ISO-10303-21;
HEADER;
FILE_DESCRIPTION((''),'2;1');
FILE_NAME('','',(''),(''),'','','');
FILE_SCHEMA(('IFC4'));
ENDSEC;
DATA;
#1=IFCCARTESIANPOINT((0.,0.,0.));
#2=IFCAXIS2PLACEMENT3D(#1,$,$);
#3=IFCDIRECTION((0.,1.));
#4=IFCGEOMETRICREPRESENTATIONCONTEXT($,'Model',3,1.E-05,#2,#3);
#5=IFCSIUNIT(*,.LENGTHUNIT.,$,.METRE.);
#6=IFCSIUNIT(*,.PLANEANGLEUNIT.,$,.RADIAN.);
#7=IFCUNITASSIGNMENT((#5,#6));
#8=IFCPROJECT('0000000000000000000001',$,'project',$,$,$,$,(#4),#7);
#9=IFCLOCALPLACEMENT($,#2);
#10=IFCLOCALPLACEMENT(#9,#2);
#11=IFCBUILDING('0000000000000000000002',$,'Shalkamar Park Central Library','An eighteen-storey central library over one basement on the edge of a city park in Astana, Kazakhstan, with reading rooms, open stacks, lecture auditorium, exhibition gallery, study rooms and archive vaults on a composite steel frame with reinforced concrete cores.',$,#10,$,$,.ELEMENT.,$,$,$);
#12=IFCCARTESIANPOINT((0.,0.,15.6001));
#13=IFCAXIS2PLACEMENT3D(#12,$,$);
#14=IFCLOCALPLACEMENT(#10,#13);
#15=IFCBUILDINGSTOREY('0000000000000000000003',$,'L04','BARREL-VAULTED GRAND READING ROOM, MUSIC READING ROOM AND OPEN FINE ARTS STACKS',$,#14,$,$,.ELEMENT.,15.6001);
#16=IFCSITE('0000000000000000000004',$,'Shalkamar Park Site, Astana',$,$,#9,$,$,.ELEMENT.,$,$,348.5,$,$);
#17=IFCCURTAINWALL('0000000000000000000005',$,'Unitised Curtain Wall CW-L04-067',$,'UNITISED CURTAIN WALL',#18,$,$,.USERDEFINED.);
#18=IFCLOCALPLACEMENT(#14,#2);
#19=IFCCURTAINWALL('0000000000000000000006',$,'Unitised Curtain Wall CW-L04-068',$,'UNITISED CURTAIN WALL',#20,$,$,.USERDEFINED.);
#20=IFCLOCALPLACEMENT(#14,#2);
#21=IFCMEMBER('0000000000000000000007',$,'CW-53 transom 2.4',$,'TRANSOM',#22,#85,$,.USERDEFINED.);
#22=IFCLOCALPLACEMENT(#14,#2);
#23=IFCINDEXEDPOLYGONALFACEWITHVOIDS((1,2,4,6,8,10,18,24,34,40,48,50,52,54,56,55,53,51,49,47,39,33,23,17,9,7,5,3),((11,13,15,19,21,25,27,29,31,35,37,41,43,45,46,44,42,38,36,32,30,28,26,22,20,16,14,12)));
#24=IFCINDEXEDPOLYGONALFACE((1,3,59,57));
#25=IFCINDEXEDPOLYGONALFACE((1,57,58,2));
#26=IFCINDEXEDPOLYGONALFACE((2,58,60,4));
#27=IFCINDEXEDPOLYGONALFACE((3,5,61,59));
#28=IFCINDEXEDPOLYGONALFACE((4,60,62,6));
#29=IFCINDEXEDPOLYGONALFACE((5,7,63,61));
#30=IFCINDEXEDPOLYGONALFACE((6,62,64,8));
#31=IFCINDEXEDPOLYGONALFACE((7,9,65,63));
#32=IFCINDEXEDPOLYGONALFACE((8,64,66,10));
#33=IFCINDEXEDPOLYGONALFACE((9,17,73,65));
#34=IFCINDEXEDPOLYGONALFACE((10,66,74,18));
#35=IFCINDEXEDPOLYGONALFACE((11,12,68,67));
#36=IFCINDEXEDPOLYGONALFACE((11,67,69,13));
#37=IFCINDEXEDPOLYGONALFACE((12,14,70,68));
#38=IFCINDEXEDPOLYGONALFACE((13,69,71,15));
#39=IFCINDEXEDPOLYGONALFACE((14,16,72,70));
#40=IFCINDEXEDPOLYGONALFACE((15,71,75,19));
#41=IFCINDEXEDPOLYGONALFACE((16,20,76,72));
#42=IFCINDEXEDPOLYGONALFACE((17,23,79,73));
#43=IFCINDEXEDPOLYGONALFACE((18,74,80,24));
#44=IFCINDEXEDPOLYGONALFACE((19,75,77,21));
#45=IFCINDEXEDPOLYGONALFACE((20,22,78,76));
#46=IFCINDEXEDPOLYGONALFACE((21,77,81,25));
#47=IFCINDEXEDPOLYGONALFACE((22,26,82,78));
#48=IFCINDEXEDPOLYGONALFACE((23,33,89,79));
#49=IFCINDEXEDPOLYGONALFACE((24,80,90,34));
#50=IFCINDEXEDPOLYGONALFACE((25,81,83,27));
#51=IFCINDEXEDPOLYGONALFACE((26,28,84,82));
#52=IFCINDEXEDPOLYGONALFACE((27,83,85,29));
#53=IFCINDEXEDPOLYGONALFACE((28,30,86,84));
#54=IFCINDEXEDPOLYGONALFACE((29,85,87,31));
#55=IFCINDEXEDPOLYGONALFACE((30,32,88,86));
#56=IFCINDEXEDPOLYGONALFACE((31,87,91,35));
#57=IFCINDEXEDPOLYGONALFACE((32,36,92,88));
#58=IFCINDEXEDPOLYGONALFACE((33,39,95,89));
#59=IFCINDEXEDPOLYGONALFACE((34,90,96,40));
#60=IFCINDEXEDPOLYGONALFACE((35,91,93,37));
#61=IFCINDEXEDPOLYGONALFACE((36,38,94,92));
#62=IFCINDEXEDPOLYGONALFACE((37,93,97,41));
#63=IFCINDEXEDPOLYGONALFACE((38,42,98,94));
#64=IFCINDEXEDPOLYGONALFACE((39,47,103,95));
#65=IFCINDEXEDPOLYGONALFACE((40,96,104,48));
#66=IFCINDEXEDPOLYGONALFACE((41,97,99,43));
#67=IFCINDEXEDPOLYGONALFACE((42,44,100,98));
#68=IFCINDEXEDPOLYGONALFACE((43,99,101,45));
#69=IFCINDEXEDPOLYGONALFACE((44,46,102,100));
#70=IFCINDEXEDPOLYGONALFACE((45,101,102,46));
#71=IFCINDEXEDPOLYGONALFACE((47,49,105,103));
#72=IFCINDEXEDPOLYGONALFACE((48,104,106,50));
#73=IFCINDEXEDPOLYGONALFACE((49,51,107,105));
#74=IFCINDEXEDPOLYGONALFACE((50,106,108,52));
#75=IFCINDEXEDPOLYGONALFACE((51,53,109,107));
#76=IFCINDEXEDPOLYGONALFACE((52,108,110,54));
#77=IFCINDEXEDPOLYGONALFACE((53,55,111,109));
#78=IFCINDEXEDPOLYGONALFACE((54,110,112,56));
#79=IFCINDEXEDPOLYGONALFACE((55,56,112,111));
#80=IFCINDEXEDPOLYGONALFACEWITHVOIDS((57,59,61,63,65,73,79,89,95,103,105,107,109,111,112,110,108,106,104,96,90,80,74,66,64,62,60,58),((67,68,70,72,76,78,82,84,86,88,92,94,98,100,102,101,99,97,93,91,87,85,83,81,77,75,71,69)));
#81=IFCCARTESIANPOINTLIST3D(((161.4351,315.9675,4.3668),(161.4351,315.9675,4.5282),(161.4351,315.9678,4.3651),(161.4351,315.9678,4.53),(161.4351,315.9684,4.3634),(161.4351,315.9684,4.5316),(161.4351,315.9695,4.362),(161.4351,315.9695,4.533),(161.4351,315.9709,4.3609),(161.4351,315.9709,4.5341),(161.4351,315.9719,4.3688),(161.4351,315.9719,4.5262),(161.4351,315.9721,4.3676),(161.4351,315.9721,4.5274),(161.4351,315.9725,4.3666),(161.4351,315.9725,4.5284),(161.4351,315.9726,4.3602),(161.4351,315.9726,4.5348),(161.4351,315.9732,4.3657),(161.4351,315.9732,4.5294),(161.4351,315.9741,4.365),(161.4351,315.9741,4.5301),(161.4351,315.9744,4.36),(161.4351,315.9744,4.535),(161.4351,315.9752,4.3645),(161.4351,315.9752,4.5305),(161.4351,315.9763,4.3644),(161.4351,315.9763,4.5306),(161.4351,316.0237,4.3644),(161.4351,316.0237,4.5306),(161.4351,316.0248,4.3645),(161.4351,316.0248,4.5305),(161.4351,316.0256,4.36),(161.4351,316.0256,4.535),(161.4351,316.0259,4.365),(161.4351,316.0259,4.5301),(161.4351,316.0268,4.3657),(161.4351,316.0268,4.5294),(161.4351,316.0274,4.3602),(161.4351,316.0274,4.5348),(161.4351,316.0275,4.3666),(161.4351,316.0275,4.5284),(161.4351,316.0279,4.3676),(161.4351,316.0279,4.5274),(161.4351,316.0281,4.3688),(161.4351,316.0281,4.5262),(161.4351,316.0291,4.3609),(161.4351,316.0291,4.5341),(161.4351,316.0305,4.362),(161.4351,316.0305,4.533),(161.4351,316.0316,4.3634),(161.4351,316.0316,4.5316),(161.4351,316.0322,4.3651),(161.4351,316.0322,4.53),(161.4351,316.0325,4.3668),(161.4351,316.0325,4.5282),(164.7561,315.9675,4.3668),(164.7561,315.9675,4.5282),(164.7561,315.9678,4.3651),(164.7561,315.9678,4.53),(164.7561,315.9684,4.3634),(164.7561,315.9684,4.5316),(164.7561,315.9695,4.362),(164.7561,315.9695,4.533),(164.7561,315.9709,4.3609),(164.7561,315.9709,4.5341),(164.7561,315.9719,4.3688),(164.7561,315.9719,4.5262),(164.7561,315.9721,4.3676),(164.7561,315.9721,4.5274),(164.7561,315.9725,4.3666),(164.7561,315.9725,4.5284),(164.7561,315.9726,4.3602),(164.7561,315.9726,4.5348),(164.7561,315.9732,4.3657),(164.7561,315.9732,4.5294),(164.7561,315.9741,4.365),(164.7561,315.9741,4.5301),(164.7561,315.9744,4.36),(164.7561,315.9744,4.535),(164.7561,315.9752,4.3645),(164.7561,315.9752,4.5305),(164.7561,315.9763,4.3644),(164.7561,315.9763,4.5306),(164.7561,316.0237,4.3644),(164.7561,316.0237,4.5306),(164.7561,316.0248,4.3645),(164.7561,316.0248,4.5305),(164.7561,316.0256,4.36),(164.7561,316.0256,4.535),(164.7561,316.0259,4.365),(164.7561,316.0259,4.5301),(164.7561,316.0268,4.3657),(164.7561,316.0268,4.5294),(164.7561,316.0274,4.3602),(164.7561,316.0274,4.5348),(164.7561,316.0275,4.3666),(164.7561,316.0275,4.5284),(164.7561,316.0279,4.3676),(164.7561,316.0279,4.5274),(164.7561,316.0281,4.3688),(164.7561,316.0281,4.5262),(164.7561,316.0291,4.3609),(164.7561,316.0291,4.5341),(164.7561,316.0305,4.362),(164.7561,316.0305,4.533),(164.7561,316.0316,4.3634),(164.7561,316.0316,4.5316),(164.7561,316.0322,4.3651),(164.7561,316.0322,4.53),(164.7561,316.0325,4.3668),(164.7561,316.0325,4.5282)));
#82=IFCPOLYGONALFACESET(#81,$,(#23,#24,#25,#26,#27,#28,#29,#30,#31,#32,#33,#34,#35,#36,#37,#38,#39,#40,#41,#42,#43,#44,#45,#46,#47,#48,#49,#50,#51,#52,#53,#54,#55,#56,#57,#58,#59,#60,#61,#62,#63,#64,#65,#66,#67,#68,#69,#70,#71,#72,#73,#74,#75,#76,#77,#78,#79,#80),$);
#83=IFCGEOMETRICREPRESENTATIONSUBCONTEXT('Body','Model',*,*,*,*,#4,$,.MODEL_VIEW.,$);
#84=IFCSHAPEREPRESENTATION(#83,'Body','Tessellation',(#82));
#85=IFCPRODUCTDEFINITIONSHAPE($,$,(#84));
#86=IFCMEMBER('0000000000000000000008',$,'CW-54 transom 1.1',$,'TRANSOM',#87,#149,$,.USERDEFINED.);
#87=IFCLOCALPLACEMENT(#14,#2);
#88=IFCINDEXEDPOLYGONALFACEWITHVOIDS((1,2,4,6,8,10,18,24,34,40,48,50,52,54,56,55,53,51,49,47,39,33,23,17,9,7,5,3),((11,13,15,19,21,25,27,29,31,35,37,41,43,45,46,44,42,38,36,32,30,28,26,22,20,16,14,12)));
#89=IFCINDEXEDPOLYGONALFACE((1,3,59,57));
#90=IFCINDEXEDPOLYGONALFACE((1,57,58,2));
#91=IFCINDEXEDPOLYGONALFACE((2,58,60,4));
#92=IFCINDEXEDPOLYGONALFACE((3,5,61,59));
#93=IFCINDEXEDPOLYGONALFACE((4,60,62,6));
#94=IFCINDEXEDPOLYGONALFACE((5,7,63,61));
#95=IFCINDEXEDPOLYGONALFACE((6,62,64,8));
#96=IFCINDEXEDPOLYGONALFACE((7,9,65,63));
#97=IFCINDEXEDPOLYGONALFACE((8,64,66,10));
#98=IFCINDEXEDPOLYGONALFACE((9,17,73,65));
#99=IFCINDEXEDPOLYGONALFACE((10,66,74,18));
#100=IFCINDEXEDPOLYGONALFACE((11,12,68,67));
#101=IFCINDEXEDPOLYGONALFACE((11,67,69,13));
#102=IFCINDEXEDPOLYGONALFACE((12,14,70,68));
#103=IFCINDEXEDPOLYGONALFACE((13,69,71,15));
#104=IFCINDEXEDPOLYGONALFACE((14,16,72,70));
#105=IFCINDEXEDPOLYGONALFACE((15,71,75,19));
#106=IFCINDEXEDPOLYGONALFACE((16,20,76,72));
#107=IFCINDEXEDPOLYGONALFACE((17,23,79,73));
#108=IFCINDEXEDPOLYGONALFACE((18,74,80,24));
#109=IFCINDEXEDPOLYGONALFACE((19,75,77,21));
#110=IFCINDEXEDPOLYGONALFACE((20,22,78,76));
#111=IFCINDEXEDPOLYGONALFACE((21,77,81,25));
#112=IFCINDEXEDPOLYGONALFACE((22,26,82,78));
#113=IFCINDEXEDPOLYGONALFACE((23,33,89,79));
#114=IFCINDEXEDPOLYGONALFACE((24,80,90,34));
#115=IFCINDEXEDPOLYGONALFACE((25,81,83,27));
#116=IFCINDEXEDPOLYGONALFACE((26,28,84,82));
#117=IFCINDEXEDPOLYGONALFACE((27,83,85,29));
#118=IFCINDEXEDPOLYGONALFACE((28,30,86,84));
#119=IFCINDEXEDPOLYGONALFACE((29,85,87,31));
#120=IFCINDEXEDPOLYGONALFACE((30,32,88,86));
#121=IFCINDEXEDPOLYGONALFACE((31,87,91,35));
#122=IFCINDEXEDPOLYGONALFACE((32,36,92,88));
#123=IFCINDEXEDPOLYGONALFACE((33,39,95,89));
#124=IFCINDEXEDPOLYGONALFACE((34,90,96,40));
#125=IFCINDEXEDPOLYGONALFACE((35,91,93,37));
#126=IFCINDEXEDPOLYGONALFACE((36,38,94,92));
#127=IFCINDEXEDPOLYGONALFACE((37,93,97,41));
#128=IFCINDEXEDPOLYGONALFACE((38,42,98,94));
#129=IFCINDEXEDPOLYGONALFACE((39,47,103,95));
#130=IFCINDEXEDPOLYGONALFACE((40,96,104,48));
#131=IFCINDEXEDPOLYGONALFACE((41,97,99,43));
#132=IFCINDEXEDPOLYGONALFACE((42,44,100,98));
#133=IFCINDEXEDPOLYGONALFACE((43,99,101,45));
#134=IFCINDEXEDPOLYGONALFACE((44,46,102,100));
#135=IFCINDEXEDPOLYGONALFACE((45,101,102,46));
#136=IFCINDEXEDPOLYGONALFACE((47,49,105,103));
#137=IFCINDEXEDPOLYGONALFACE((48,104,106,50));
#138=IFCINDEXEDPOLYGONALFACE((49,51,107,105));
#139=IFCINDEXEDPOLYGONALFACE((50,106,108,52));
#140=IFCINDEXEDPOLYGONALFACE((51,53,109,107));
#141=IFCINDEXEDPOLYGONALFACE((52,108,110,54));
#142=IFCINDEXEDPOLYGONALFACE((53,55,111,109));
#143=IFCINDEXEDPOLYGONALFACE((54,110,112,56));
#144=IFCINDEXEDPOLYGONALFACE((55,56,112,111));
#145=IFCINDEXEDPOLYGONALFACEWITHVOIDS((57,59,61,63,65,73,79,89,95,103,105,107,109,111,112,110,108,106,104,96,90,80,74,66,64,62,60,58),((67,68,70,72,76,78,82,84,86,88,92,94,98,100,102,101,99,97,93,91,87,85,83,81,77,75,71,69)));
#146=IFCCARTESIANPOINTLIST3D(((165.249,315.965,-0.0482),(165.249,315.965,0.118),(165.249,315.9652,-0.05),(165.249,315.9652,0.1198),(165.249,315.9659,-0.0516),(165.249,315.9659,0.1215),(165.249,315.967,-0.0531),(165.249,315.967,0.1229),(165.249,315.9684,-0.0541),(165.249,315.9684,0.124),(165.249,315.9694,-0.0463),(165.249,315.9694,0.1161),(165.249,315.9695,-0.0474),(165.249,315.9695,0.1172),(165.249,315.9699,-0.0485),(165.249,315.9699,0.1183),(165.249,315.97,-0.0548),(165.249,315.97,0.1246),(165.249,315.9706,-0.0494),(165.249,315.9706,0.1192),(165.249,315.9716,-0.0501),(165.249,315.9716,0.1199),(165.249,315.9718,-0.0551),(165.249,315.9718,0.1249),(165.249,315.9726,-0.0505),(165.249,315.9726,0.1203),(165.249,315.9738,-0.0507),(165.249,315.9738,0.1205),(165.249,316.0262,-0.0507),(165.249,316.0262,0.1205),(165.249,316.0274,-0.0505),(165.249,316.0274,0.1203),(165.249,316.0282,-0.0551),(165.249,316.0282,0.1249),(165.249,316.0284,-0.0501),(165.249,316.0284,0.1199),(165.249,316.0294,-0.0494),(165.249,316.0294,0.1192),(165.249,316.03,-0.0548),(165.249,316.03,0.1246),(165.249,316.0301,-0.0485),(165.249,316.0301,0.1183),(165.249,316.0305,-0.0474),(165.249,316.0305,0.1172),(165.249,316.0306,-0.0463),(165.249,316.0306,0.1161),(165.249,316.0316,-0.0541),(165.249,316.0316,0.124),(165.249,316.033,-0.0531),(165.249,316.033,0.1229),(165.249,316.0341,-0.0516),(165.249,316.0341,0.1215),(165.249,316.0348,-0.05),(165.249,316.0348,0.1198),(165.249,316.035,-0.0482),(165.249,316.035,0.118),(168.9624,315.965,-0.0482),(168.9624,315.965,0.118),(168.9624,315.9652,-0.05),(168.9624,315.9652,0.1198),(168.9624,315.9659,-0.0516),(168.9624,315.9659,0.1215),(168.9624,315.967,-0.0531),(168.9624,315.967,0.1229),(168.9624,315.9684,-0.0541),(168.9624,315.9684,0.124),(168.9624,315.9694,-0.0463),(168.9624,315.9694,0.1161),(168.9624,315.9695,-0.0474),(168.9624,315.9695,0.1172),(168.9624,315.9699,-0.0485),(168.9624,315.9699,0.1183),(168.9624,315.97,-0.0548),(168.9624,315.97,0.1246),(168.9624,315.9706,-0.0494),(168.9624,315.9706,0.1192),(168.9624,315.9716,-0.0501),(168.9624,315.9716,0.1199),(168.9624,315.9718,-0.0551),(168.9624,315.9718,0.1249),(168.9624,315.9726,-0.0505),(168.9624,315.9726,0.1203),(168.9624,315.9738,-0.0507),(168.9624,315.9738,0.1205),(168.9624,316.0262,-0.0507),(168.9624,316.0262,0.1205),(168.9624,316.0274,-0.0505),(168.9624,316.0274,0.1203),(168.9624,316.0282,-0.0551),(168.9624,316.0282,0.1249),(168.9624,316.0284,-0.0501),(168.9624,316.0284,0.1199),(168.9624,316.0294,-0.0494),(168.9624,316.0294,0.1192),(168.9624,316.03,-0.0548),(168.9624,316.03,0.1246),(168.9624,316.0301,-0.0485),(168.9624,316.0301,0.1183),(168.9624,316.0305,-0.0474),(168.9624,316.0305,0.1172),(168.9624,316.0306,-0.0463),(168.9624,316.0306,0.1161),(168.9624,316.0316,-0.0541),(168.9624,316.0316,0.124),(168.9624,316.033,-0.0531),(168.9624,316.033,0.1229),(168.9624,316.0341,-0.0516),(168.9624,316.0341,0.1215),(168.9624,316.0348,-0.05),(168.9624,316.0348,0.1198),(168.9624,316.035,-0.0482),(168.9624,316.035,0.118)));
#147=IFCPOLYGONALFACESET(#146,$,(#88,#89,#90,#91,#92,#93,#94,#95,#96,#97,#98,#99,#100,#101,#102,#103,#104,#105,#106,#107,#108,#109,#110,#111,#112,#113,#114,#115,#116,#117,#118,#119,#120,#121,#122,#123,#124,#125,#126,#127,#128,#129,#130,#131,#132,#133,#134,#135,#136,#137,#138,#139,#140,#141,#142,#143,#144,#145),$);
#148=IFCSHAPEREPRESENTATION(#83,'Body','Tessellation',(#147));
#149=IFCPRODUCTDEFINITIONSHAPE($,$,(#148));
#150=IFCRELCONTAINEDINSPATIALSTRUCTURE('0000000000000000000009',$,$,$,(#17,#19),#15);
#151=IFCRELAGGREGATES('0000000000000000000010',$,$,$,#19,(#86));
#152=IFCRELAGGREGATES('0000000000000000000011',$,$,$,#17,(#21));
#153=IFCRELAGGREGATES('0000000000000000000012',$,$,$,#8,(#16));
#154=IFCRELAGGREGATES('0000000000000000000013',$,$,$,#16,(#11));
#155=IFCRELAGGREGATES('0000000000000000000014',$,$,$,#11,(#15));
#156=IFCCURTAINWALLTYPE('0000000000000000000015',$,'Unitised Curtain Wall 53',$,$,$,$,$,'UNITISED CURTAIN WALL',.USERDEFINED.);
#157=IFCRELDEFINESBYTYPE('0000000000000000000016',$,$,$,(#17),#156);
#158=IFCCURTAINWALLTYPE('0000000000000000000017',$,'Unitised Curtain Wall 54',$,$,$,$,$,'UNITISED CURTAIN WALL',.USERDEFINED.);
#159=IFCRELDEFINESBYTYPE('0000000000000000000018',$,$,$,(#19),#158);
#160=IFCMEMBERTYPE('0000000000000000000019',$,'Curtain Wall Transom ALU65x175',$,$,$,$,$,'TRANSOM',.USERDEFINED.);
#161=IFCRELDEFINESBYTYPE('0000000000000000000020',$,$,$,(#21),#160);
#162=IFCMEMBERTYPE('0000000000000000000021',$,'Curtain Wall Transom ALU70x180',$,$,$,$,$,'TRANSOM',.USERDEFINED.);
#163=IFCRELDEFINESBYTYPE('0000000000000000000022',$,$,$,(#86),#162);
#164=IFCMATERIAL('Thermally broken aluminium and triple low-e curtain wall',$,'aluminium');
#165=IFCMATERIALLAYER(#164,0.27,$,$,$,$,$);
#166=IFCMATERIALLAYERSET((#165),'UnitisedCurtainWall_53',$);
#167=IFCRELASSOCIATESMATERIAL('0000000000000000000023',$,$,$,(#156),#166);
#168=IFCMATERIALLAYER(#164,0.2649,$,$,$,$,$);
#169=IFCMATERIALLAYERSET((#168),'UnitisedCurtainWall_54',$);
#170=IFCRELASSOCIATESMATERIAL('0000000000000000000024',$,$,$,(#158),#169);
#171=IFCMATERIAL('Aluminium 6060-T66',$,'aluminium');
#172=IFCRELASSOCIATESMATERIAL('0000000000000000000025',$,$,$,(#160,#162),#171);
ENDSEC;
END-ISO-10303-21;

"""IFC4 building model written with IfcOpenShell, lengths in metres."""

from ifc_helpers import new_model, si_unit, direction, frame, origin, origin_2d, place, context, subcontext, project, spatial, hollow_rectangle, extrude, material, layer, layer_set, material_profile, profile_set, type_object, element, aggregate, save


model = new_model("IFC4")

# Units and contexts
model_context = context("Model", 3, precision=1e-05, world=origin(), true_north=direction((0.0, 1.0)))
body_context = subcontext(model_context, "Body", "Model", "MODEL_VIEW")
ifc_project = project(units=[si_unit("LENGTHUNIT", "METRE"), si_unit("PLANEANGLEUNIT", "RADIAN")], contexts=[model_context])

# Site, building, storey
site_placement = place(None, origin())
site = spatial("IfcSite", under=ifc_project, at=site_placement, Name="Shalkamar Park Site, Astana", CompositionType="ELEMENT", RefElevation=348.5)
building_placement = place(site_placement, origin())
building = spatial("IfcBuilding", under=site, at=building_placement, Name="Shalkamar Park Central Library", Description="An eighteen-storey central library over one basement on the edge of a city park in Astana, Kazakhstan, with reading rooms, open stacks, lecture auditorium, exhibition gallery, study rooms and archive vaults on a composite steel frame with reinforced concrete cores.", CompositionType="ELEMENT")
storey_placement = place(building_placement, frame((0.0, 0.0, 15.6001)))
storey = spatial("IfcBuildingStorey", under=building, at=storey_placement, Name="L04", Description="BARREL-VAULTED GRAND READING ROOM, MUSIC READING ROOM AND OPEN FINE ARTS STACKS", CompositionType="ELEMENT", Elevation=15.6001)

# Curtain wall
ifc_material_1 = material(Name="Thermally broken aluminium and triple low-e curtain wall", Category="aluminium")
ifc_layer_1 = layer(ifc_material_1, 0.27)
ifc_layer_set_1 = layer_set([ifc_layer_1], Name="UnitisedCurtainWall_53")
curtain_wall_type_1 = type_object("IfcCurtainWallType", Name="Unitised Curtain Wall 53", ElementType="UNITISED CURTAIN WALL", PredefinedType="USERDEFINED", material=ifc_layer_set_1)
curtain_wall_1_placement = place(storey_placement, origin())
curtain_wall_1 = element("IfcCurtainWall", 1, at=curtain_wall_1_placement, inside=storey, type_object=curtain_wall_type_1, Name="Unitised Curtain Wall CW-L04-067", ObjectType="UNITISED CURTAIN WALL", PredefinedType="USERDEFINED")
ifc_material_2 = material(Name="Aluminium 6060-T66", Category="aluminium")

# Curtain wall
ifc_layer_2 = layer(ifc_material_1, 0.2649)
ifc_layer_set_2 = layer_set([ifc_layer_2], Name="UnitisedCurtainWall_54")
curtain_wall_type_2 = type_object("IfcCurtainWallType", Name="Unitised Curtain Wall 54", ElementType="UNITISED CURTAIN WALL", PredefinedType="USERDEFINED", material=ifc_layer_set_2)
curtain_wall_2_placement = place(storey_placement, origin())
curtain_wall_2 = element("IfcCurtainWall", 2, at=curtain_wall_2_placement, inside=storey, type_object=curtain_wall_type_2, Name="Unitised Curtain Wall CW-L04-068", ObjectType="UNITISED CURTAIN WALL", PredefinedType="USERDEFINED")

# Members
ifc_material_profile_1 = material_profile(ifc_material_2, hollow_rectangle(XDim=0.0649, YDim=0.175, WallThickness=0.0044, InnerFilletRadius=0.0044, OuterFilletRadius=0.0068, at=origin_2d()), Name="ALU 65x175x4.5")
ifc_profile_set_1 = profile_set([ifc_material_profile_1], Name="Aluminium 6060-T66")
member_type_1 = type_object("IfcMemberType", Name="Curtain Wall Transom ALU65x175", ElementType="TRANSOM", PredefinedType="USERDEFINED", material=ifc_profile_set_1)
member_1_placement = place(storey_placement, frame((161.4351, 316.0, 4.4475), z_axis=(1.0, 0.0, 0.0), x_axis=(0.0, 1.0, 0.0)))
member_1 = element("IfcMember", 3, at=member_1_placement, type_object=member_type_1, Name="CW-53 transom 2.4", ObjectType="TRANSOM", PredefinedType="USERDEFINED", context=body_context, shape_type="SweptSolid", body=[
    extrude(hollow_rectangle(XDim=0.0649, YDim=0.175, WallThickness=0.0044, InnerFilletRadius=0.0044, OuterFilletRadius=0.0068, at=origin_2d()), origin(), (0.0, 0.0, 1.0), 3.321),
])
ifc_material_profile_2 = material_profile(ifc_material_2, hollow_rectangle(XDim=0.0701, YDim=0.1799, WallThickness=0.0044, InnerFilletRadius=0.0044, OuterFilletRadius=0.0068, at=origin_2d()), Name="ALU 70x180x4.5")
ifc_profile_set_2 = profile_set([ifc_material_profile_2], Name="Aluminium 6060-T66")
member_type_2 = type_object("IfcMemberType", Name="Curtain Wall Transom ALU70x180", ElementType="TRANSOM", PredefinedType="USERDEFINED", material=ifc_profile_set_2)
member_2_placement = place(storey_placement, frame((165.249, 316.0, 0.0349), z_axis=(1.0, 0.0, 0.0), x_axis=(0.0, 1.0, 0.0)))
member_2 = element("IfcMember", 4, at=member_2_placement, type_object=member_type_2, Name="CW-54 transom 1.1", ObjectType="TRANSOM", PredefinedType="USERDEFINED", context=body_context, shape_type="SweptSolid", body=[
    extrude(hollow_rectangle(XDim=0.0701, YDim=0.1799, WallThickness=0.0044, InnerFilletRadius=0.0044, OuterFilletRadius=0.0068, at=origin_2d()), origin(), (0.0, 0.0, 1.0), 3.7134),
])
aggregate(curtain_wall_2, [member_2])

aggregate(curtain_wall_1, [member_1])

save(model, "model.ifc")
